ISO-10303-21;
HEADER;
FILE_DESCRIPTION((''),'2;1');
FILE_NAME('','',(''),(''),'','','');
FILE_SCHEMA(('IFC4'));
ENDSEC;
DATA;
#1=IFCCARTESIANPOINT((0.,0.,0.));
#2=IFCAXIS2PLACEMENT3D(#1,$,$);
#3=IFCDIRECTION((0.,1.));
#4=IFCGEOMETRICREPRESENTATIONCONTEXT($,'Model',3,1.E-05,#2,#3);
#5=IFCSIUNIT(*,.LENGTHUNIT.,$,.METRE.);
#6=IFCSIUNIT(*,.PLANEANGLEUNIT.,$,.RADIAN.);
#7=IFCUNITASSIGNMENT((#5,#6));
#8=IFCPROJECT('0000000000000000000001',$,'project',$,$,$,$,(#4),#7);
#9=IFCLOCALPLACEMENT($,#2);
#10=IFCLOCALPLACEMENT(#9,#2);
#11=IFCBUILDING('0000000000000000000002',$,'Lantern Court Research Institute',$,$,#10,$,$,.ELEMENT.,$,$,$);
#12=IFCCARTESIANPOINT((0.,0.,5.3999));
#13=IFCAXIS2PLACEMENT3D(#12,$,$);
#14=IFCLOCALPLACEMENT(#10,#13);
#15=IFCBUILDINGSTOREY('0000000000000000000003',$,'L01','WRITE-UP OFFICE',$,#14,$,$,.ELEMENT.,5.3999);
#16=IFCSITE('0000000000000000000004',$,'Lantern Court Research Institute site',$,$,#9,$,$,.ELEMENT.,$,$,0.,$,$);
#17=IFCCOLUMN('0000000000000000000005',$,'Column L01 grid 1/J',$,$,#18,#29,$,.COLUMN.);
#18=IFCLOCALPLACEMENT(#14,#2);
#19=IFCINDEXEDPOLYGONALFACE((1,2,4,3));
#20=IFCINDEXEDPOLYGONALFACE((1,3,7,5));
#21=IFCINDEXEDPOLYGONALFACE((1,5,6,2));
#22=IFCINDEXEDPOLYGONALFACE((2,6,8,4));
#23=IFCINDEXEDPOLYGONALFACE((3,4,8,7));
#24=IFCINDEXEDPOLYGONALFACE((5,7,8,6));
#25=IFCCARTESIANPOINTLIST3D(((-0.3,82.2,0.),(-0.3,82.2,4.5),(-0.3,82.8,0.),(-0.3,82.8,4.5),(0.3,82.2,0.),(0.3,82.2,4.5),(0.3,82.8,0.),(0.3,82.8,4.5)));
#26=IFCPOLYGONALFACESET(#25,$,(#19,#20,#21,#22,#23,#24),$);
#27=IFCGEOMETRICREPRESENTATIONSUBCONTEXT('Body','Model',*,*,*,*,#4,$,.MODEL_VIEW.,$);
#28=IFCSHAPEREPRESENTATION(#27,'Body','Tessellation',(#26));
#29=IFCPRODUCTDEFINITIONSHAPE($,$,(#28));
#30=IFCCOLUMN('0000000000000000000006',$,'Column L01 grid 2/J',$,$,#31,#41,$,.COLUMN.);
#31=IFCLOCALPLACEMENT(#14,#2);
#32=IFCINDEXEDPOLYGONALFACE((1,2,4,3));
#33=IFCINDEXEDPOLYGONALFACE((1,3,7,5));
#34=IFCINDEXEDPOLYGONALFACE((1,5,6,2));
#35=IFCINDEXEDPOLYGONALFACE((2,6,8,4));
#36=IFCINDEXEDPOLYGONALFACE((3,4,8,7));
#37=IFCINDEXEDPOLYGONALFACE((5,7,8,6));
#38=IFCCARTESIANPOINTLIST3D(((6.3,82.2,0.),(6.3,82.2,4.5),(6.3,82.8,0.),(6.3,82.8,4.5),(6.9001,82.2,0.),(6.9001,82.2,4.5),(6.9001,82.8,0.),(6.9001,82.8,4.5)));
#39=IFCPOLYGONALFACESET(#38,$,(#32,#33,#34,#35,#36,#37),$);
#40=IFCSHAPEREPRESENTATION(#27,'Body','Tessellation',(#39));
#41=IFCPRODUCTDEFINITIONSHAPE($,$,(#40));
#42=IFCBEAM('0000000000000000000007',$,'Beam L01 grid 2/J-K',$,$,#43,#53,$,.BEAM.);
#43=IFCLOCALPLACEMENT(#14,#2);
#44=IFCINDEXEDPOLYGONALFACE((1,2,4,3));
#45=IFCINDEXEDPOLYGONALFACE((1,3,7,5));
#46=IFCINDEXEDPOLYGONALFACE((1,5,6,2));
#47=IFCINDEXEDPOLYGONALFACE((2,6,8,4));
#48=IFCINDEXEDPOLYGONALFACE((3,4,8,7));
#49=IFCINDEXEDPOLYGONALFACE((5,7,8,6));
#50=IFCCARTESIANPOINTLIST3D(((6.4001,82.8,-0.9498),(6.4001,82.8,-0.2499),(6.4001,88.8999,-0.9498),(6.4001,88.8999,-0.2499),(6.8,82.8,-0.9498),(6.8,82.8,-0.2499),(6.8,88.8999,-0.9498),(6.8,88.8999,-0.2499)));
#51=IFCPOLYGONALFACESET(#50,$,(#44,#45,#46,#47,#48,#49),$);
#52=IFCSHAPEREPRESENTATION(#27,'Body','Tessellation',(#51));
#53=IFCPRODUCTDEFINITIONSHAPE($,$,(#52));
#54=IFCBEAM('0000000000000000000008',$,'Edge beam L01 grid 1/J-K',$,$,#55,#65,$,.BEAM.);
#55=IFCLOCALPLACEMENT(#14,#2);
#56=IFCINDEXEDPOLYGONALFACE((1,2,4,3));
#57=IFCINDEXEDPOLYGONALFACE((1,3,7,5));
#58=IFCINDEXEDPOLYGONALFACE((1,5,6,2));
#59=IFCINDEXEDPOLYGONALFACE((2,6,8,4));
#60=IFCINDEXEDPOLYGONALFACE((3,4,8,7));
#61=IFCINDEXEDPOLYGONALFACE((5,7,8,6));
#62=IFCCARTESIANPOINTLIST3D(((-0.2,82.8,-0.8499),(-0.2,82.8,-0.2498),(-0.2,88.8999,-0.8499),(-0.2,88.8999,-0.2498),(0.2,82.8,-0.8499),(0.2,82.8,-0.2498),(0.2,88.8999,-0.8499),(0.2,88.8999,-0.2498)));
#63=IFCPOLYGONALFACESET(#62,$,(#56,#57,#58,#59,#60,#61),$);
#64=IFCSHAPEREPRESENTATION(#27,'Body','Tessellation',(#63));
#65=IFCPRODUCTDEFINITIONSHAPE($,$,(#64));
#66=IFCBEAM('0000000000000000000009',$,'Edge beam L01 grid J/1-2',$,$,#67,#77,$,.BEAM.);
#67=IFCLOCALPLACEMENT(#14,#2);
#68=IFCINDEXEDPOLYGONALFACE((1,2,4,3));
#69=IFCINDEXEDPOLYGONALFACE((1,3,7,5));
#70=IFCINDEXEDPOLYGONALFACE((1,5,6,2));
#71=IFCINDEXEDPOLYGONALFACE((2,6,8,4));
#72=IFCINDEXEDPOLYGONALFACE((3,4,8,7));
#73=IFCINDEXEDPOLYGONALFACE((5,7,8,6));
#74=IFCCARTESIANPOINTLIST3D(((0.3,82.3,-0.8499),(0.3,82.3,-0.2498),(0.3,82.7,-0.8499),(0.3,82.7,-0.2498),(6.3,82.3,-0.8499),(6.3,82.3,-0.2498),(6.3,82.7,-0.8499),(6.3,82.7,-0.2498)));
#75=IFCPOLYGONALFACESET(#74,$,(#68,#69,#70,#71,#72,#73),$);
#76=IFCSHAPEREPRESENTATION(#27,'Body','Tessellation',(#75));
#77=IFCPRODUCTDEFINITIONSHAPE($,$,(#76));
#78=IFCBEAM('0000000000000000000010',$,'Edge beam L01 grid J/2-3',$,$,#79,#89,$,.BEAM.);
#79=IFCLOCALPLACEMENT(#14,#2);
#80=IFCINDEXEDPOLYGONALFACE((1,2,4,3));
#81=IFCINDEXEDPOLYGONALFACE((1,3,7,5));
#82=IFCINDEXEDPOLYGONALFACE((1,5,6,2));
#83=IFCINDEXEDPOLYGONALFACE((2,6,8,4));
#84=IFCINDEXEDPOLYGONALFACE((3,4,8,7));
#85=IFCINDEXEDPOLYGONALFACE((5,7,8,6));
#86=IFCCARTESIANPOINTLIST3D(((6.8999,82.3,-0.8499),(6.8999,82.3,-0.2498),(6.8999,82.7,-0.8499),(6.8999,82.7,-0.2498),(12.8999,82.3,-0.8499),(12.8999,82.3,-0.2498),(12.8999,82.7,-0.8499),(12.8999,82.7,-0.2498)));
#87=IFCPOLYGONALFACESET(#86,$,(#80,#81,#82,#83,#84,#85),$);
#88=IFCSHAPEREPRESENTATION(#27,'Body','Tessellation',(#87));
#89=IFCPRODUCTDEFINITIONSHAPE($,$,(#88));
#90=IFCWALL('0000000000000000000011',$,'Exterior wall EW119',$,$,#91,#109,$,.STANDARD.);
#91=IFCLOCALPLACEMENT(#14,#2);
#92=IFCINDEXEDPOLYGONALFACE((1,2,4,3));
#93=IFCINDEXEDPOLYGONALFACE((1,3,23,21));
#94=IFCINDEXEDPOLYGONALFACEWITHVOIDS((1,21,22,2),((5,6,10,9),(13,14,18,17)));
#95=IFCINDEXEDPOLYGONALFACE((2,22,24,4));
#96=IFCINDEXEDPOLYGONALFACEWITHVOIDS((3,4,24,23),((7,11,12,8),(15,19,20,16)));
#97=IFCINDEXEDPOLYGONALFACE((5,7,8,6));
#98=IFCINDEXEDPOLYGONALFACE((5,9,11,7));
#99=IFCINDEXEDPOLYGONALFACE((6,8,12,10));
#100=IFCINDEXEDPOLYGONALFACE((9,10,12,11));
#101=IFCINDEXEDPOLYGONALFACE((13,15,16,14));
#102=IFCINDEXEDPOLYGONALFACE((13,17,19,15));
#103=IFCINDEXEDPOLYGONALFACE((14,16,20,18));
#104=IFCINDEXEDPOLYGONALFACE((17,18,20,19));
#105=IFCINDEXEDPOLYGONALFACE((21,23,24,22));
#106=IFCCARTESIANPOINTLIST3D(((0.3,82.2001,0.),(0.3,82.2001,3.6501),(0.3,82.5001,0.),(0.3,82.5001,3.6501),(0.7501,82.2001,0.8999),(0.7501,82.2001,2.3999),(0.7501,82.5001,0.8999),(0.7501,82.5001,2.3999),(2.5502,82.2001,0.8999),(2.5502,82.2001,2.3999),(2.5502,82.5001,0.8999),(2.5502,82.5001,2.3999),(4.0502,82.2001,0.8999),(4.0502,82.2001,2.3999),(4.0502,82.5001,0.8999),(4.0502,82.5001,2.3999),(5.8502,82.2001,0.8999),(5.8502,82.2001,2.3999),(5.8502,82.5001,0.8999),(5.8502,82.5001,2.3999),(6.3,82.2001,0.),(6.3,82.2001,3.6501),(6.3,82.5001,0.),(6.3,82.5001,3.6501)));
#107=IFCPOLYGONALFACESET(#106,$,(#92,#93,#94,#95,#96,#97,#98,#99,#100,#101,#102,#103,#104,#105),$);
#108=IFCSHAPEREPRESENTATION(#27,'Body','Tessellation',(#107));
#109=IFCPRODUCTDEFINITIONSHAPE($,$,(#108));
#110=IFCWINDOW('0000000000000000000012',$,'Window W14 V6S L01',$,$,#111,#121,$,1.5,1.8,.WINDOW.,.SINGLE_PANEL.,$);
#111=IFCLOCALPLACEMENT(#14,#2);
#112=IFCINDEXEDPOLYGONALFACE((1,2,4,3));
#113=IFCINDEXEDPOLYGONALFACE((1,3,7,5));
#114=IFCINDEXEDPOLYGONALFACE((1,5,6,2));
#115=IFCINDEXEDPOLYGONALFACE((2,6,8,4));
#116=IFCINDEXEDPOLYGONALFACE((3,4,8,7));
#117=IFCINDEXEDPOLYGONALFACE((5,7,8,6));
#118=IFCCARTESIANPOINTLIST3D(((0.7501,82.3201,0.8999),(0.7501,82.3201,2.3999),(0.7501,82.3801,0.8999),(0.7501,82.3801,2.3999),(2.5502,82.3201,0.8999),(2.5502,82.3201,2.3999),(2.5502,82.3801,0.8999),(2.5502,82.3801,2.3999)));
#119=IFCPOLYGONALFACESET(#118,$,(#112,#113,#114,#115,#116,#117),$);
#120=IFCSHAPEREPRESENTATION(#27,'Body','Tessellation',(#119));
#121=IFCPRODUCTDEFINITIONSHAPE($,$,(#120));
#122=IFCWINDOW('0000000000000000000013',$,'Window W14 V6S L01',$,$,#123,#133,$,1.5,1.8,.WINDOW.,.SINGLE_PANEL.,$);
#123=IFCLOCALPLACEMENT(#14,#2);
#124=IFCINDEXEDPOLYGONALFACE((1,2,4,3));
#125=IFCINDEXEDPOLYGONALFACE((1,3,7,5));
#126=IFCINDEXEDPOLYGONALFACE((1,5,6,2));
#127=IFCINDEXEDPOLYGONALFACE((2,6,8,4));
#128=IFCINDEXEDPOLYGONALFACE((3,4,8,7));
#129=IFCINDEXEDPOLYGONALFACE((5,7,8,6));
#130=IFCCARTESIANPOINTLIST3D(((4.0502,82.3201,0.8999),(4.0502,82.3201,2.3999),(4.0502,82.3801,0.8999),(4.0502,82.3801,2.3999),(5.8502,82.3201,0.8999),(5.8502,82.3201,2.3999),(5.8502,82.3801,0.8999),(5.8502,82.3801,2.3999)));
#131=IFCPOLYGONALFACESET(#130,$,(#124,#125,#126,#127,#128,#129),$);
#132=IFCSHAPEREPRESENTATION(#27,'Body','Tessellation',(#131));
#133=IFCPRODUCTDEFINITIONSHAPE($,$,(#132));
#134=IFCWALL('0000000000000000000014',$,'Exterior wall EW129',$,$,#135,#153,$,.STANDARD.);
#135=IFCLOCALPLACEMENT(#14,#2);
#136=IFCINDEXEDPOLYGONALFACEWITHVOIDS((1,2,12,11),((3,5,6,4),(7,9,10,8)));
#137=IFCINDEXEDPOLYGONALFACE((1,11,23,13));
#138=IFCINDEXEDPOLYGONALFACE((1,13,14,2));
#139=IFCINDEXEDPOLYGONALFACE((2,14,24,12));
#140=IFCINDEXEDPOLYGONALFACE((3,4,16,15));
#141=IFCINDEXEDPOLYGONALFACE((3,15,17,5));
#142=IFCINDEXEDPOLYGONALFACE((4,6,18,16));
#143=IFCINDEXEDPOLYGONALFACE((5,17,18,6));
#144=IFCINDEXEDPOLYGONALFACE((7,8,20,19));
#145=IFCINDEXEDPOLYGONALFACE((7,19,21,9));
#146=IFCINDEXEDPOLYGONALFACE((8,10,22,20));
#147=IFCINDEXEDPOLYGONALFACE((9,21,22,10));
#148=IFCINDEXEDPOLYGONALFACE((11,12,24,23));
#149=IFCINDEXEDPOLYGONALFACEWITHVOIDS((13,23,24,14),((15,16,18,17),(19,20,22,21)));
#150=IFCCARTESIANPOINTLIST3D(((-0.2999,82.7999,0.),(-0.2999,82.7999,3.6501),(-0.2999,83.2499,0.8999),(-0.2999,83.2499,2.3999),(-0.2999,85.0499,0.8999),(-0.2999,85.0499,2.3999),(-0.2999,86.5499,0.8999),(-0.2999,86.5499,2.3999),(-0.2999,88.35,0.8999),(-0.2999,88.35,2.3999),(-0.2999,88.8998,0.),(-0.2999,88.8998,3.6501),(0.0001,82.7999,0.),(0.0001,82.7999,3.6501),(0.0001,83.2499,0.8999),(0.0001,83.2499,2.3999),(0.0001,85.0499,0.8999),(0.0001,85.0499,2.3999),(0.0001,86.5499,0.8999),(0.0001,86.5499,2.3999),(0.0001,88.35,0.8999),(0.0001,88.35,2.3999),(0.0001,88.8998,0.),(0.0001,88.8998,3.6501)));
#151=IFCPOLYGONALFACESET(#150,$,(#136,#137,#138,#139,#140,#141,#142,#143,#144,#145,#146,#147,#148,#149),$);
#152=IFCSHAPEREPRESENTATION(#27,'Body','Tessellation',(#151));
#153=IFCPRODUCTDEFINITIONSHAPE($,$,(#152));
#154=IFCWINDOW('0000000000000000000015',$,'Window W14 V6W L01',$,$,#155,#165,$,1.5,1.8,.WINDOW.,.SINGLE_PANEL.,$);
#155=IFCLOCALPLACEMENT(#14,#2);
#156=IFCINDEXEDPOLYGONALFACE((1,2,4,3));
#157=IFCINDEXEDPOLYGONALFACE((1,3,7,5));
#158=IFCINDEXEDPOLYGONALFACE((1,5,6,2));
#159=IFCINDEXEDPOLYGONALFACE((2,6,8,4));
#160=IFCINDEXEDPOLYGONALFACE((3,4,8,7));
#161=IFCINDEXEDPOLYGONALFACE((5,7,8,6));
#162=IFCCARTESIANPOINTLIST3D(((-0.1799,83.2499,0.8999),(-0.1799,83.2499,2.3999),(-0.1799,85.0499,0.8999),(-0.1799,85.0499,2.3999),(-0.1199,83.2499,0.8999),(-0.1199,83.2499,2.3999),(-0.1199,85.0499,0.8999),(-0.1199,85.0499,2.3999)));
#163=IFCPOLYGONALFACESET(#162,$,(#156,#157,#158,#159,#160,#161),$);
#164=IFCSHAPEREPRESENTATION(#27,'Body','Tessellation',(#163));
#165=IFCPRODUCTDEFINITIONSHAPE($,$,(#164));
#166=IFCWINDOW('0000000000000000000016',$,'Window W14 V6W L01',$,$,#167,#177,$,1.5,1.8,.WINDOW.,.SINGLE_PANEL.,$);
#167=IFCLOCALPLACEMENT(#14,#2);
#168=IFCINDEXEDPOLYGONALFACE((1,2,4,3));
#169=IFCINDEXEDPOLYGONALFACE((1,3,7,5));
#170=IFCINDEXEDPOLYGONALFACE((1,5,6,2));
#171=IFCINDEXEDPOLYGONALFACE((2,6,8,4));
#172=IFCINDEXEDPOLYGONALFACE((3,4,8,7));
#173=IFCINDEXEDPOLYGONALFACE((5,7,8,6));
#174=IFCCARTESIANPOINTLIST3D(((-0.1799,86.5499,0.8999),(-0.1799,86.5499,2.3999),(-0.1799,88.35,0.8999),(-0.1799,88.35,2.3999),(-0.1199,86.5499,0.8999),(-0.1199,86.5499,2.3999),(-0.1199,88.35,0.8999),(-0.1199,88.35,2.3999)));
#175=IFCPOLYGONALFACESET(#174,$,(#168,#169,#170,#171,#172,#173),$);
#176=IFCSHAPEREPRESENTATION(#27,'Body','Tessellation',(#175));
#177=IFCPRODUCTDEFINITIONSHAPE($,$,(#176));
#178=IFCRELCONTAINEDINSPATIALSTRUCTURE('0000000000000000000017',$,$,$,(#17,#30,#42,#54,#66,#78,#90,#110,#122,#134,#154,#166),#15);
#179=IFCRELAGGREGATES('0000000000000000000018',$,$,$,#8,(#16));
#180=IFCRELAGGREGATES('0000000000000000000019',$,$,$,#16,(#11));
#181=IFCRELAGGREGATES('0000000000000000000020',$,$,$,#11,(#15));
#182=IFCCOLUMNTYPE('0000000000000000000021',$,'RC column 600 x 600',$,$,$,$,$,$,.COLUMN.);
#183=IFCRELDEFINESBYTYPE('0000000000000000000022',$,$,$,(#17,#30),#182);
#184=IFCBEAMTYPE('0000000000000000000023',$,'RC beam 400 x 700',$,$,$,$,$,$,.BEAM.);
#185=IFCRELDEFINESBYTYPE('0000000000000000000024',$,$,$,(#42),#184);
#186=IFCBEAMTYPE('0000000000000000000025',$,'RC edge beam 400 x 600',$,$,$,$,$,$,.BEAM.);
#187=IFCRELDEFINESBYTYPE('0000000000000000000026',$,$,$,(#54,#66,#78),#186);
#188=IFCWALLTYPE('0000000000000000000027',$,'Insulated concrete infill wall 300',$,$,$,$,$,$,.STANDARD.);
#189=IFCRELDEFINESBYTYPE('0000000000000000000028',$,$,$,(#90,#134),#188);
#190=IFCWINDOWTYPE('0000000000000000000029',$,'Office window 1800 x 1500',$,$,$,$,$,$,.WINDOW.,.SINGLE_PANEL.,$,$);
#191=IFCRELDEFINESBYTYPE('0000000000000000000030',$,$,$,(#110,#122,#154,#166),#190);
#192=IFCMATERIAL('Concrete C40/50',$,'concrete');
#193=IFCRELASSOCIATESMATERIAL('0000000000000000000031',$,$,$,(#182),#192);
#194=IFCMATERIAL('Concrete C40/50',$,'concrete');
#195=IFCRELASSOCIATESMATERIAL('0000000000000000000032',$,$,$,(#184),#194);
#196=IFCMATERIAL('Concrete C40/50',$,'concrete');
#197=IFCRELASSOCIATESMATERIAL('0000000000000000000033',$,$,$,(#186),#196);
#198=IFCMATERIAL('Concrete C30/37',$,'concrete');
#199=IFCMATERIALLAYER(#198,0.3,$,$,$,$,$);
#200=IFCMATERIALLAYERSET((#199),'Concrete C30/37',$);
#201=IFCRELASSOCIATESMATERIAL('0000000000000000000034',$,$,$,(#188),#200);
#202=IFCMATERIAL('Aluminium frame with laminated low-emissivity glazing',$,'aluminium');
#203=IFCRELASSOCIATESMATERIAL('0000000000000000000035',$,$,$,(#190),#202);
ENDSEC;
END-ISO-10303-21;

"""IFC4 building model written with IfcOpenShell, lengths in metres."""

from ifc_helpers import new_model, si_unit, direction, frame, frame_2d, origin, origin_2d, place, context, subcontext, project, spatial, rectangle, extrude, material, layer, layer_set, material_profile, profile_set, type_object, element, fill, save


model = new_model("IFC4")

# Units and contexts
model_context = context("Model", 3, precision=1e-05, world=origin(), true_north=direction((0.0, 1.0)))
body_context = subcontext(model_context, "Body", "Model", "MODEL_VIEW")
ifc_project = project(units=[si_unit("LENGTHUNIT", "METRE"), si_unit("PLANEANGLEUNIT", "RADIAN")], contexts=[model_context])

# Site, building, storey
site_placement = place(None, origin())
site = spatial("IfcSite", under=ifc_project, at=site_placement, Name="Lantern Court Research Institute site", CompositionType="ELEMENT", RefElevation=0.0)
building_placement = place(site_placement, origin())
building = spatial("IfcBuilding", under=site, at=building_placement, Name="Lantern Court Research Institute", CompositionType="ELEMENT")
storey_placement = place(building_placement, frame((0.0, 0.0, 5.3999)))
storey = spatial("IfcBuildingStorey", under=building, at=storey_placement, Name="L01", Description="WRITE-UP OFFICE", CompositionType="ELEMENT", Elevation=5.3999)

# Columns
ifc_material_1 = material(Name="Concrete C40/50", Category="concrete")
ifc_material_profile_1 = material_profile(ifc_material_1, rectangle(XDim=0.6001, YDim=0.6001, at=origin_2d()), Name="RC column 600 x 600")
ifc_profile_set_1 = profile_set([ifc_material_profile_1], Name="Concrete C40/50")
column_type = type_object("IfcColumnType", Name="RC column 600 x 600", PredefinedType="COLUMN", material=ifc_profile_set_1)
for number, where, z_axis, x_axis, name in (
    (1, (0.0, 82.5, 0.0), (0.0, 0.0, 1.0), (1.0, 0.0, 0.0), "Column L01 grid 1/J"),
    (2, (6.6001, 82.5, 0.0), (0.0, 0.0, 1.0), (1.0, 0.0, 0.0), "Column L01 grid 2/J"),
):
    element("IfcColumn", number, at=place(storey_placement, frame(where, z_axis=z_axis, x_axis=x_axis)), inside=storey, type_object=column_type, Name=name, PredefinedType="COLUMN", context=body_context, shape_type="SweptSolid", body=[
        extrude(rectangle(XDim=0.6001, YDim=0.6001, at=origin_2d()), origin(), (0.0, 0.0, 1.0), 4.5),
    ])

# Beams
ifc_material_2 = material(Name="Concrete C40/50", Category="concrete")
ifc_material_profile_2 = material_profile(ifc_material_2, rectangle(XDim=0.3999, YDim=0.7, at=origin_2d()), Name="RC beam 400 x 700")
ifc_profile_set_2 = profile_set([ifc_material_profile_2], Name="Concrete C40/50")
beam_type_1 = type_object("IfcBeamType", Name="RC beam 400 x 700", PredefinedType="BEAM", material=ifc_profile_set_2)
beam_1_placement = place(storey_placement, frame((6.6001, 82.8, -0.5999), z_axis=(0.0, 1.0, 0.0), x_axis=(-1.0, 0.0, 0.0)))
element("IfcBeam", 3, at=beam_1_placement, inside=storey, type_object=beam_type_1, Name="Beam L01 grid 2/J-K", PredefinedType="BEAM", context=body_context, shape_type="SweptSolid", body=[
    extrude(rectangle(XDim=0.3999, YDim=0.7, at=origin_2d()), origin(), (0.0, 0.0, 1.0), 6.0999),
])
ifc_material_3 = material(Name="Concrete C40/50", Category="concrete")
ifc_material_profile_3 = material_profile(ifc_material_3, rectangle(XDim=0.3999, YDim=0.6001, at=origin_2d()), Name="RC beam 400 x 600")
ifc_profile_set_3 = profile_set([ifc_material_profile_3], Name="Concrete C40/50")
beam_type_2 = type_object("IfcBeamType", Name="RC edge beam 400 x 600", PredefinedType="BEAM", material=ifc_profile_set_3)
beam_2_placement = place(storey_placement, frame((0.0, 82.8, -0.5498), z_axis=(0.0, 1.0, 0.0), x_axis=(-1.0, 0.0, 0.0)))
element("IfcBeam", 4, at=beam_2_placement, inside=storey, type_object=beam_type_2, Name="Edge beam L01 grid 1/J-K", PredefinedType="BEAM", context=body_context, shape_type="SweptSolid", body=[
    extrude(rectangle(XDim=0.3999, YDim=0.6001, at=origin_2d()), origin(), (0.0, 0.0, 1.0), 6.0999),
])
for number, where, z_axis, x_axis, name in (
    (5, (0.3, 82.5, -0.5498), (1.0, 0.0, 0.0), (0.0, 1.0, 0.0), "Edge beam L01 grid J/1-2"),
    (6, (6.8999, 82.5, -0.5498), (1.0, 0.0, 0.0), (0.0, 1.0, 0.0), "Edge beam L01 grid J/2-3"),
):
    element("IfcBeam", number, at=place(storey_placement, frame(where, z_axis=z_axis, x_axis=x_axis)), inside=storey, type_object=beam_type_2, Name=name, PredefinedType="BEAM", context=body_context, shape_type="SweptSolid", body=[
        extrude(rectangle(XDim=0.3999, YDim=0.6001, at=origin_2d()), origin(), (0.0, 0.0, 1.0), 6.0),
    ])

# Walls, openings, windows
ifc_material_4 = material(Name="Concrete C30/37", Category="concrete")
ifc_layer_1 = layer(ifc_material_4, 0.3)
ifc_layer_set_1 = layer_set([ifc_layer_1], Name="Concrete C30/37")
wall_type_1 = type_object("IfcWallType", Name="Insulated concrete infill wall 300", PredefinedType="STANDARD", material=ifc_layer_set_1)
wall_1_placement = place(storey_placement, frame((6.3, 82.3501, 0.0), z_axis=(0.0, 0.0, 1.0), x_axis=(-1.0, 0.0, 0.0)))
wall_1 = element("IfcWall", 7, at=wall_1_placement, inside=storey, type_object=wall_type_1, Name="Exterior wall EW119", PredefinedType="STANDARD", context=body_context, shape_type="SweptSolid", body=[
    extrude(rectangle(XDim=6.0, YDim=0.3, at=frame_2d((3.0, 0.0))), origin(), (0.0, 0.0, 1.0), 3.6501),
])
opening_1_placement = place(wall_1_placement, frame((3.75, 0.0, 0.8999)))
opening_1 = element("IfcOpeningElement", 8, at=opening_1_placement, cuts=wall_1, PredefinedType="OPENING", context=body_context, shape_type="SweptSolid", body=[
    extrude(rectangle(XDim=1.8, YDim=1.5, at=frame_2d((0.8999, 0.75))), frame((0.0, 0.1599, 0.0), z_axis=(0.0, -1.0, 0.0), x_axis=(1.0, 0.0, 0.0)), (0.0, 0.0, 1.0), 0.3201),
])
opening_2_placement = place(wall_1_placement, frame((0.45, 0.0, 0.8999)))
opening_2 = element("IfcOpeningElement", 9, at=opening_2_placement, cuts=wall_1, PredefinedType="OPENING", context=body_context, shape_type="SweptSolid", body=[
    extrude(rectangle(XDim=1.8, YDim=1.5, at=frame_2d((0.8999, 0.75))), frame((0.0, 0.1599, 0.0), z_axis=(0.0, -1.0, 0.0), x_axis=(1.0, 0.0, 0.0)), (0.0, 0.0, 1.0), 0.3201),
])
ifc_material_5 = material(Name="Aluminium frame with laminated low-emissivity glazing", Category="aluminium")
window_type = type_object("IfcWindowType", Name="Office window 1800 x 1500", PartitioningType="SINGLE_PANEL", PredefinedType="WINDOW", material=ifc_material_5)
window_1_placement = place(opening_1_placement, origin())
window_1 = element("IfcWindow", 10, at=window_1_placement, inside=storey, type_object=window_type, Name="Window W14 V6S L01", OverallHeight=1.5, OverallWidth=1.8, PartitioningType="SINGLE_PANEL", PredefinedType="WINDOW", context=body_context, shape_type="SweptSolid", body=[
    extrude(rectangle(XDim=1.8, YDim=1.5, at=frame_2d((0.8999, 0.75))), frame((0.0, 0.03, 0.0), z_axis=(0.0, -1.0, 0.0), x_axis=(1.0, 0.0, 0.0)), (0.0, 0.0, 1.0), 0.0601),
])
fill(opening_1, window_1)
window_2_placement = place(opening_2_placement, origin())
window_2 = element("IfcWindow", 11, at=window_2_placement, inside=storey, type_object=window_type, Name="Window W14 V6S L01", OverallHeight=1.5, OverallWidth=1.8, PartitioningType="SINGLE_PANEL", PredefinedType="WINDOW", context=body_context, shape_type="SweptSolid", body=[
    extrude(rectangle(XDim=1.8, YDim=1.5, at=frame_2d((0.8999, 0.75))), frame((0.0, 0.03, 0.0), z_axis=(0.0, -1.0, 0.0), x_axis=(1.0, 0.0, 0.0)), (0.0, 0.0, 1.0), 0.0601),
])
fill(opening_2, window_2)
wall_2_placement = place(storey_placement, frame((-0.1499, 82.8, 0.0), z_axis=(0.0, 0.0, 1.0), x_axis=(0.0, 1.0, 0.0)))
wall_2 = element("IfcWall", 12, at=wall_2_placement, inside=storey, type_object=wall_type_1, Name="Exterior wall EW129", PredefinedType="STANDARD", context=body_context, shape_type="SweptSolid", body=[
    extrude(rectangle(XDim=6.0999, YDim=0.3, at=frame_2d((3.0498, 0.0))), origin(), (0.0, 0.0, 1.0), 3.6501),
])
opening_3_placement = place(wall_2_placement, frame((0.45, 0.0, 0.8999)))
opening_3 = element("IfcOpeningElement", 13, at=opening_3_placement, cuts=wall_2, PredefinedType="OPENING", context=body_context, shape_type="SweptSolid", body=[
    extrude(rectangle(XDim=1.8, YDim=1.5, at=frame_2d((0.8999, 0.75))), frame((0.0, 0.1599, 0.0), z_axis=(0.0, -1.0, 0.0), x_axis=(1.0, 0.0, 0.0)), (0.0, 0.0, 1.0), 0.3201),
])
opening_4_placement = place(wall_2_placement, frame((3.75, 0.0, 0.8999)))
opening_4 = element("IfcOpeningElement", 14, at=opening_4_placement, cuts=wall_2, PredefinedType="OPENING", context=body_context, shape_type="SweptSolid", body=[
    extrude(rectangle(XDim=1.8, YDim=1.5, at=frame_2d((0.8999, 0.75))), frame((0.0, 0.1599, 0.0), z_axis=(0.0, -1.0, 0.0), x_axis=(1.0, 0.0, 0.0)), (0.0, 0.0, 1.0), 0.3201),
])
window_3_placement = place(opening_3_placement, origin())
window_3 = element("IfcWindow", 15, at=window_3_placement, inside=storey, type_object=window_type, Name="Window W14 V6W L01", OverallHeight=1.5, OverallWidth=1.8, PartitioningType="SINGLE_PANEL", PredefinedType="WINDOW", context=body_context, shape_type="SweptSolid", body=[
    extrude(rectangle(XDim=1.8, YDim=1.5, at=frame_2d((0.8999, 0.75))), frame((0.0, 0.03, 0.0), z_axis=(0.0, -1.0, 0.0), x_axis=(1.0, 0.0, 0.0)), (0.0, 0.0, 1.0), 0.0601),
])
fill(opening_3, window_3)
window_4_placement = place(opening_4_placement, origin())
window_4 = element("IfcWindow", 16, at=window_4_placement, inside=storey, type_object=window_type, Name="Window W14 V6W L01", OverallHeight=1.5, OverallWidth=1.8, PartitioningType="SINGLE_PANEL", PredefinedType="WINDOW", context=body_context, shape_type="SweptSolid", body=[
    extrude(rectangle(XDim=1.8, YDim=1.5, at=frame_2d((0.8999, 0.75))), frame((0.0, 0.03, 0.0), z_axis=(0.0, -1.0, 0.0), x_axis=(1.0, 0.0, 0.0)), (0.0, 0.0, 1.0), 0.0601),
])
fill(opening_4, window_4)

save(model, "model.ifc")
